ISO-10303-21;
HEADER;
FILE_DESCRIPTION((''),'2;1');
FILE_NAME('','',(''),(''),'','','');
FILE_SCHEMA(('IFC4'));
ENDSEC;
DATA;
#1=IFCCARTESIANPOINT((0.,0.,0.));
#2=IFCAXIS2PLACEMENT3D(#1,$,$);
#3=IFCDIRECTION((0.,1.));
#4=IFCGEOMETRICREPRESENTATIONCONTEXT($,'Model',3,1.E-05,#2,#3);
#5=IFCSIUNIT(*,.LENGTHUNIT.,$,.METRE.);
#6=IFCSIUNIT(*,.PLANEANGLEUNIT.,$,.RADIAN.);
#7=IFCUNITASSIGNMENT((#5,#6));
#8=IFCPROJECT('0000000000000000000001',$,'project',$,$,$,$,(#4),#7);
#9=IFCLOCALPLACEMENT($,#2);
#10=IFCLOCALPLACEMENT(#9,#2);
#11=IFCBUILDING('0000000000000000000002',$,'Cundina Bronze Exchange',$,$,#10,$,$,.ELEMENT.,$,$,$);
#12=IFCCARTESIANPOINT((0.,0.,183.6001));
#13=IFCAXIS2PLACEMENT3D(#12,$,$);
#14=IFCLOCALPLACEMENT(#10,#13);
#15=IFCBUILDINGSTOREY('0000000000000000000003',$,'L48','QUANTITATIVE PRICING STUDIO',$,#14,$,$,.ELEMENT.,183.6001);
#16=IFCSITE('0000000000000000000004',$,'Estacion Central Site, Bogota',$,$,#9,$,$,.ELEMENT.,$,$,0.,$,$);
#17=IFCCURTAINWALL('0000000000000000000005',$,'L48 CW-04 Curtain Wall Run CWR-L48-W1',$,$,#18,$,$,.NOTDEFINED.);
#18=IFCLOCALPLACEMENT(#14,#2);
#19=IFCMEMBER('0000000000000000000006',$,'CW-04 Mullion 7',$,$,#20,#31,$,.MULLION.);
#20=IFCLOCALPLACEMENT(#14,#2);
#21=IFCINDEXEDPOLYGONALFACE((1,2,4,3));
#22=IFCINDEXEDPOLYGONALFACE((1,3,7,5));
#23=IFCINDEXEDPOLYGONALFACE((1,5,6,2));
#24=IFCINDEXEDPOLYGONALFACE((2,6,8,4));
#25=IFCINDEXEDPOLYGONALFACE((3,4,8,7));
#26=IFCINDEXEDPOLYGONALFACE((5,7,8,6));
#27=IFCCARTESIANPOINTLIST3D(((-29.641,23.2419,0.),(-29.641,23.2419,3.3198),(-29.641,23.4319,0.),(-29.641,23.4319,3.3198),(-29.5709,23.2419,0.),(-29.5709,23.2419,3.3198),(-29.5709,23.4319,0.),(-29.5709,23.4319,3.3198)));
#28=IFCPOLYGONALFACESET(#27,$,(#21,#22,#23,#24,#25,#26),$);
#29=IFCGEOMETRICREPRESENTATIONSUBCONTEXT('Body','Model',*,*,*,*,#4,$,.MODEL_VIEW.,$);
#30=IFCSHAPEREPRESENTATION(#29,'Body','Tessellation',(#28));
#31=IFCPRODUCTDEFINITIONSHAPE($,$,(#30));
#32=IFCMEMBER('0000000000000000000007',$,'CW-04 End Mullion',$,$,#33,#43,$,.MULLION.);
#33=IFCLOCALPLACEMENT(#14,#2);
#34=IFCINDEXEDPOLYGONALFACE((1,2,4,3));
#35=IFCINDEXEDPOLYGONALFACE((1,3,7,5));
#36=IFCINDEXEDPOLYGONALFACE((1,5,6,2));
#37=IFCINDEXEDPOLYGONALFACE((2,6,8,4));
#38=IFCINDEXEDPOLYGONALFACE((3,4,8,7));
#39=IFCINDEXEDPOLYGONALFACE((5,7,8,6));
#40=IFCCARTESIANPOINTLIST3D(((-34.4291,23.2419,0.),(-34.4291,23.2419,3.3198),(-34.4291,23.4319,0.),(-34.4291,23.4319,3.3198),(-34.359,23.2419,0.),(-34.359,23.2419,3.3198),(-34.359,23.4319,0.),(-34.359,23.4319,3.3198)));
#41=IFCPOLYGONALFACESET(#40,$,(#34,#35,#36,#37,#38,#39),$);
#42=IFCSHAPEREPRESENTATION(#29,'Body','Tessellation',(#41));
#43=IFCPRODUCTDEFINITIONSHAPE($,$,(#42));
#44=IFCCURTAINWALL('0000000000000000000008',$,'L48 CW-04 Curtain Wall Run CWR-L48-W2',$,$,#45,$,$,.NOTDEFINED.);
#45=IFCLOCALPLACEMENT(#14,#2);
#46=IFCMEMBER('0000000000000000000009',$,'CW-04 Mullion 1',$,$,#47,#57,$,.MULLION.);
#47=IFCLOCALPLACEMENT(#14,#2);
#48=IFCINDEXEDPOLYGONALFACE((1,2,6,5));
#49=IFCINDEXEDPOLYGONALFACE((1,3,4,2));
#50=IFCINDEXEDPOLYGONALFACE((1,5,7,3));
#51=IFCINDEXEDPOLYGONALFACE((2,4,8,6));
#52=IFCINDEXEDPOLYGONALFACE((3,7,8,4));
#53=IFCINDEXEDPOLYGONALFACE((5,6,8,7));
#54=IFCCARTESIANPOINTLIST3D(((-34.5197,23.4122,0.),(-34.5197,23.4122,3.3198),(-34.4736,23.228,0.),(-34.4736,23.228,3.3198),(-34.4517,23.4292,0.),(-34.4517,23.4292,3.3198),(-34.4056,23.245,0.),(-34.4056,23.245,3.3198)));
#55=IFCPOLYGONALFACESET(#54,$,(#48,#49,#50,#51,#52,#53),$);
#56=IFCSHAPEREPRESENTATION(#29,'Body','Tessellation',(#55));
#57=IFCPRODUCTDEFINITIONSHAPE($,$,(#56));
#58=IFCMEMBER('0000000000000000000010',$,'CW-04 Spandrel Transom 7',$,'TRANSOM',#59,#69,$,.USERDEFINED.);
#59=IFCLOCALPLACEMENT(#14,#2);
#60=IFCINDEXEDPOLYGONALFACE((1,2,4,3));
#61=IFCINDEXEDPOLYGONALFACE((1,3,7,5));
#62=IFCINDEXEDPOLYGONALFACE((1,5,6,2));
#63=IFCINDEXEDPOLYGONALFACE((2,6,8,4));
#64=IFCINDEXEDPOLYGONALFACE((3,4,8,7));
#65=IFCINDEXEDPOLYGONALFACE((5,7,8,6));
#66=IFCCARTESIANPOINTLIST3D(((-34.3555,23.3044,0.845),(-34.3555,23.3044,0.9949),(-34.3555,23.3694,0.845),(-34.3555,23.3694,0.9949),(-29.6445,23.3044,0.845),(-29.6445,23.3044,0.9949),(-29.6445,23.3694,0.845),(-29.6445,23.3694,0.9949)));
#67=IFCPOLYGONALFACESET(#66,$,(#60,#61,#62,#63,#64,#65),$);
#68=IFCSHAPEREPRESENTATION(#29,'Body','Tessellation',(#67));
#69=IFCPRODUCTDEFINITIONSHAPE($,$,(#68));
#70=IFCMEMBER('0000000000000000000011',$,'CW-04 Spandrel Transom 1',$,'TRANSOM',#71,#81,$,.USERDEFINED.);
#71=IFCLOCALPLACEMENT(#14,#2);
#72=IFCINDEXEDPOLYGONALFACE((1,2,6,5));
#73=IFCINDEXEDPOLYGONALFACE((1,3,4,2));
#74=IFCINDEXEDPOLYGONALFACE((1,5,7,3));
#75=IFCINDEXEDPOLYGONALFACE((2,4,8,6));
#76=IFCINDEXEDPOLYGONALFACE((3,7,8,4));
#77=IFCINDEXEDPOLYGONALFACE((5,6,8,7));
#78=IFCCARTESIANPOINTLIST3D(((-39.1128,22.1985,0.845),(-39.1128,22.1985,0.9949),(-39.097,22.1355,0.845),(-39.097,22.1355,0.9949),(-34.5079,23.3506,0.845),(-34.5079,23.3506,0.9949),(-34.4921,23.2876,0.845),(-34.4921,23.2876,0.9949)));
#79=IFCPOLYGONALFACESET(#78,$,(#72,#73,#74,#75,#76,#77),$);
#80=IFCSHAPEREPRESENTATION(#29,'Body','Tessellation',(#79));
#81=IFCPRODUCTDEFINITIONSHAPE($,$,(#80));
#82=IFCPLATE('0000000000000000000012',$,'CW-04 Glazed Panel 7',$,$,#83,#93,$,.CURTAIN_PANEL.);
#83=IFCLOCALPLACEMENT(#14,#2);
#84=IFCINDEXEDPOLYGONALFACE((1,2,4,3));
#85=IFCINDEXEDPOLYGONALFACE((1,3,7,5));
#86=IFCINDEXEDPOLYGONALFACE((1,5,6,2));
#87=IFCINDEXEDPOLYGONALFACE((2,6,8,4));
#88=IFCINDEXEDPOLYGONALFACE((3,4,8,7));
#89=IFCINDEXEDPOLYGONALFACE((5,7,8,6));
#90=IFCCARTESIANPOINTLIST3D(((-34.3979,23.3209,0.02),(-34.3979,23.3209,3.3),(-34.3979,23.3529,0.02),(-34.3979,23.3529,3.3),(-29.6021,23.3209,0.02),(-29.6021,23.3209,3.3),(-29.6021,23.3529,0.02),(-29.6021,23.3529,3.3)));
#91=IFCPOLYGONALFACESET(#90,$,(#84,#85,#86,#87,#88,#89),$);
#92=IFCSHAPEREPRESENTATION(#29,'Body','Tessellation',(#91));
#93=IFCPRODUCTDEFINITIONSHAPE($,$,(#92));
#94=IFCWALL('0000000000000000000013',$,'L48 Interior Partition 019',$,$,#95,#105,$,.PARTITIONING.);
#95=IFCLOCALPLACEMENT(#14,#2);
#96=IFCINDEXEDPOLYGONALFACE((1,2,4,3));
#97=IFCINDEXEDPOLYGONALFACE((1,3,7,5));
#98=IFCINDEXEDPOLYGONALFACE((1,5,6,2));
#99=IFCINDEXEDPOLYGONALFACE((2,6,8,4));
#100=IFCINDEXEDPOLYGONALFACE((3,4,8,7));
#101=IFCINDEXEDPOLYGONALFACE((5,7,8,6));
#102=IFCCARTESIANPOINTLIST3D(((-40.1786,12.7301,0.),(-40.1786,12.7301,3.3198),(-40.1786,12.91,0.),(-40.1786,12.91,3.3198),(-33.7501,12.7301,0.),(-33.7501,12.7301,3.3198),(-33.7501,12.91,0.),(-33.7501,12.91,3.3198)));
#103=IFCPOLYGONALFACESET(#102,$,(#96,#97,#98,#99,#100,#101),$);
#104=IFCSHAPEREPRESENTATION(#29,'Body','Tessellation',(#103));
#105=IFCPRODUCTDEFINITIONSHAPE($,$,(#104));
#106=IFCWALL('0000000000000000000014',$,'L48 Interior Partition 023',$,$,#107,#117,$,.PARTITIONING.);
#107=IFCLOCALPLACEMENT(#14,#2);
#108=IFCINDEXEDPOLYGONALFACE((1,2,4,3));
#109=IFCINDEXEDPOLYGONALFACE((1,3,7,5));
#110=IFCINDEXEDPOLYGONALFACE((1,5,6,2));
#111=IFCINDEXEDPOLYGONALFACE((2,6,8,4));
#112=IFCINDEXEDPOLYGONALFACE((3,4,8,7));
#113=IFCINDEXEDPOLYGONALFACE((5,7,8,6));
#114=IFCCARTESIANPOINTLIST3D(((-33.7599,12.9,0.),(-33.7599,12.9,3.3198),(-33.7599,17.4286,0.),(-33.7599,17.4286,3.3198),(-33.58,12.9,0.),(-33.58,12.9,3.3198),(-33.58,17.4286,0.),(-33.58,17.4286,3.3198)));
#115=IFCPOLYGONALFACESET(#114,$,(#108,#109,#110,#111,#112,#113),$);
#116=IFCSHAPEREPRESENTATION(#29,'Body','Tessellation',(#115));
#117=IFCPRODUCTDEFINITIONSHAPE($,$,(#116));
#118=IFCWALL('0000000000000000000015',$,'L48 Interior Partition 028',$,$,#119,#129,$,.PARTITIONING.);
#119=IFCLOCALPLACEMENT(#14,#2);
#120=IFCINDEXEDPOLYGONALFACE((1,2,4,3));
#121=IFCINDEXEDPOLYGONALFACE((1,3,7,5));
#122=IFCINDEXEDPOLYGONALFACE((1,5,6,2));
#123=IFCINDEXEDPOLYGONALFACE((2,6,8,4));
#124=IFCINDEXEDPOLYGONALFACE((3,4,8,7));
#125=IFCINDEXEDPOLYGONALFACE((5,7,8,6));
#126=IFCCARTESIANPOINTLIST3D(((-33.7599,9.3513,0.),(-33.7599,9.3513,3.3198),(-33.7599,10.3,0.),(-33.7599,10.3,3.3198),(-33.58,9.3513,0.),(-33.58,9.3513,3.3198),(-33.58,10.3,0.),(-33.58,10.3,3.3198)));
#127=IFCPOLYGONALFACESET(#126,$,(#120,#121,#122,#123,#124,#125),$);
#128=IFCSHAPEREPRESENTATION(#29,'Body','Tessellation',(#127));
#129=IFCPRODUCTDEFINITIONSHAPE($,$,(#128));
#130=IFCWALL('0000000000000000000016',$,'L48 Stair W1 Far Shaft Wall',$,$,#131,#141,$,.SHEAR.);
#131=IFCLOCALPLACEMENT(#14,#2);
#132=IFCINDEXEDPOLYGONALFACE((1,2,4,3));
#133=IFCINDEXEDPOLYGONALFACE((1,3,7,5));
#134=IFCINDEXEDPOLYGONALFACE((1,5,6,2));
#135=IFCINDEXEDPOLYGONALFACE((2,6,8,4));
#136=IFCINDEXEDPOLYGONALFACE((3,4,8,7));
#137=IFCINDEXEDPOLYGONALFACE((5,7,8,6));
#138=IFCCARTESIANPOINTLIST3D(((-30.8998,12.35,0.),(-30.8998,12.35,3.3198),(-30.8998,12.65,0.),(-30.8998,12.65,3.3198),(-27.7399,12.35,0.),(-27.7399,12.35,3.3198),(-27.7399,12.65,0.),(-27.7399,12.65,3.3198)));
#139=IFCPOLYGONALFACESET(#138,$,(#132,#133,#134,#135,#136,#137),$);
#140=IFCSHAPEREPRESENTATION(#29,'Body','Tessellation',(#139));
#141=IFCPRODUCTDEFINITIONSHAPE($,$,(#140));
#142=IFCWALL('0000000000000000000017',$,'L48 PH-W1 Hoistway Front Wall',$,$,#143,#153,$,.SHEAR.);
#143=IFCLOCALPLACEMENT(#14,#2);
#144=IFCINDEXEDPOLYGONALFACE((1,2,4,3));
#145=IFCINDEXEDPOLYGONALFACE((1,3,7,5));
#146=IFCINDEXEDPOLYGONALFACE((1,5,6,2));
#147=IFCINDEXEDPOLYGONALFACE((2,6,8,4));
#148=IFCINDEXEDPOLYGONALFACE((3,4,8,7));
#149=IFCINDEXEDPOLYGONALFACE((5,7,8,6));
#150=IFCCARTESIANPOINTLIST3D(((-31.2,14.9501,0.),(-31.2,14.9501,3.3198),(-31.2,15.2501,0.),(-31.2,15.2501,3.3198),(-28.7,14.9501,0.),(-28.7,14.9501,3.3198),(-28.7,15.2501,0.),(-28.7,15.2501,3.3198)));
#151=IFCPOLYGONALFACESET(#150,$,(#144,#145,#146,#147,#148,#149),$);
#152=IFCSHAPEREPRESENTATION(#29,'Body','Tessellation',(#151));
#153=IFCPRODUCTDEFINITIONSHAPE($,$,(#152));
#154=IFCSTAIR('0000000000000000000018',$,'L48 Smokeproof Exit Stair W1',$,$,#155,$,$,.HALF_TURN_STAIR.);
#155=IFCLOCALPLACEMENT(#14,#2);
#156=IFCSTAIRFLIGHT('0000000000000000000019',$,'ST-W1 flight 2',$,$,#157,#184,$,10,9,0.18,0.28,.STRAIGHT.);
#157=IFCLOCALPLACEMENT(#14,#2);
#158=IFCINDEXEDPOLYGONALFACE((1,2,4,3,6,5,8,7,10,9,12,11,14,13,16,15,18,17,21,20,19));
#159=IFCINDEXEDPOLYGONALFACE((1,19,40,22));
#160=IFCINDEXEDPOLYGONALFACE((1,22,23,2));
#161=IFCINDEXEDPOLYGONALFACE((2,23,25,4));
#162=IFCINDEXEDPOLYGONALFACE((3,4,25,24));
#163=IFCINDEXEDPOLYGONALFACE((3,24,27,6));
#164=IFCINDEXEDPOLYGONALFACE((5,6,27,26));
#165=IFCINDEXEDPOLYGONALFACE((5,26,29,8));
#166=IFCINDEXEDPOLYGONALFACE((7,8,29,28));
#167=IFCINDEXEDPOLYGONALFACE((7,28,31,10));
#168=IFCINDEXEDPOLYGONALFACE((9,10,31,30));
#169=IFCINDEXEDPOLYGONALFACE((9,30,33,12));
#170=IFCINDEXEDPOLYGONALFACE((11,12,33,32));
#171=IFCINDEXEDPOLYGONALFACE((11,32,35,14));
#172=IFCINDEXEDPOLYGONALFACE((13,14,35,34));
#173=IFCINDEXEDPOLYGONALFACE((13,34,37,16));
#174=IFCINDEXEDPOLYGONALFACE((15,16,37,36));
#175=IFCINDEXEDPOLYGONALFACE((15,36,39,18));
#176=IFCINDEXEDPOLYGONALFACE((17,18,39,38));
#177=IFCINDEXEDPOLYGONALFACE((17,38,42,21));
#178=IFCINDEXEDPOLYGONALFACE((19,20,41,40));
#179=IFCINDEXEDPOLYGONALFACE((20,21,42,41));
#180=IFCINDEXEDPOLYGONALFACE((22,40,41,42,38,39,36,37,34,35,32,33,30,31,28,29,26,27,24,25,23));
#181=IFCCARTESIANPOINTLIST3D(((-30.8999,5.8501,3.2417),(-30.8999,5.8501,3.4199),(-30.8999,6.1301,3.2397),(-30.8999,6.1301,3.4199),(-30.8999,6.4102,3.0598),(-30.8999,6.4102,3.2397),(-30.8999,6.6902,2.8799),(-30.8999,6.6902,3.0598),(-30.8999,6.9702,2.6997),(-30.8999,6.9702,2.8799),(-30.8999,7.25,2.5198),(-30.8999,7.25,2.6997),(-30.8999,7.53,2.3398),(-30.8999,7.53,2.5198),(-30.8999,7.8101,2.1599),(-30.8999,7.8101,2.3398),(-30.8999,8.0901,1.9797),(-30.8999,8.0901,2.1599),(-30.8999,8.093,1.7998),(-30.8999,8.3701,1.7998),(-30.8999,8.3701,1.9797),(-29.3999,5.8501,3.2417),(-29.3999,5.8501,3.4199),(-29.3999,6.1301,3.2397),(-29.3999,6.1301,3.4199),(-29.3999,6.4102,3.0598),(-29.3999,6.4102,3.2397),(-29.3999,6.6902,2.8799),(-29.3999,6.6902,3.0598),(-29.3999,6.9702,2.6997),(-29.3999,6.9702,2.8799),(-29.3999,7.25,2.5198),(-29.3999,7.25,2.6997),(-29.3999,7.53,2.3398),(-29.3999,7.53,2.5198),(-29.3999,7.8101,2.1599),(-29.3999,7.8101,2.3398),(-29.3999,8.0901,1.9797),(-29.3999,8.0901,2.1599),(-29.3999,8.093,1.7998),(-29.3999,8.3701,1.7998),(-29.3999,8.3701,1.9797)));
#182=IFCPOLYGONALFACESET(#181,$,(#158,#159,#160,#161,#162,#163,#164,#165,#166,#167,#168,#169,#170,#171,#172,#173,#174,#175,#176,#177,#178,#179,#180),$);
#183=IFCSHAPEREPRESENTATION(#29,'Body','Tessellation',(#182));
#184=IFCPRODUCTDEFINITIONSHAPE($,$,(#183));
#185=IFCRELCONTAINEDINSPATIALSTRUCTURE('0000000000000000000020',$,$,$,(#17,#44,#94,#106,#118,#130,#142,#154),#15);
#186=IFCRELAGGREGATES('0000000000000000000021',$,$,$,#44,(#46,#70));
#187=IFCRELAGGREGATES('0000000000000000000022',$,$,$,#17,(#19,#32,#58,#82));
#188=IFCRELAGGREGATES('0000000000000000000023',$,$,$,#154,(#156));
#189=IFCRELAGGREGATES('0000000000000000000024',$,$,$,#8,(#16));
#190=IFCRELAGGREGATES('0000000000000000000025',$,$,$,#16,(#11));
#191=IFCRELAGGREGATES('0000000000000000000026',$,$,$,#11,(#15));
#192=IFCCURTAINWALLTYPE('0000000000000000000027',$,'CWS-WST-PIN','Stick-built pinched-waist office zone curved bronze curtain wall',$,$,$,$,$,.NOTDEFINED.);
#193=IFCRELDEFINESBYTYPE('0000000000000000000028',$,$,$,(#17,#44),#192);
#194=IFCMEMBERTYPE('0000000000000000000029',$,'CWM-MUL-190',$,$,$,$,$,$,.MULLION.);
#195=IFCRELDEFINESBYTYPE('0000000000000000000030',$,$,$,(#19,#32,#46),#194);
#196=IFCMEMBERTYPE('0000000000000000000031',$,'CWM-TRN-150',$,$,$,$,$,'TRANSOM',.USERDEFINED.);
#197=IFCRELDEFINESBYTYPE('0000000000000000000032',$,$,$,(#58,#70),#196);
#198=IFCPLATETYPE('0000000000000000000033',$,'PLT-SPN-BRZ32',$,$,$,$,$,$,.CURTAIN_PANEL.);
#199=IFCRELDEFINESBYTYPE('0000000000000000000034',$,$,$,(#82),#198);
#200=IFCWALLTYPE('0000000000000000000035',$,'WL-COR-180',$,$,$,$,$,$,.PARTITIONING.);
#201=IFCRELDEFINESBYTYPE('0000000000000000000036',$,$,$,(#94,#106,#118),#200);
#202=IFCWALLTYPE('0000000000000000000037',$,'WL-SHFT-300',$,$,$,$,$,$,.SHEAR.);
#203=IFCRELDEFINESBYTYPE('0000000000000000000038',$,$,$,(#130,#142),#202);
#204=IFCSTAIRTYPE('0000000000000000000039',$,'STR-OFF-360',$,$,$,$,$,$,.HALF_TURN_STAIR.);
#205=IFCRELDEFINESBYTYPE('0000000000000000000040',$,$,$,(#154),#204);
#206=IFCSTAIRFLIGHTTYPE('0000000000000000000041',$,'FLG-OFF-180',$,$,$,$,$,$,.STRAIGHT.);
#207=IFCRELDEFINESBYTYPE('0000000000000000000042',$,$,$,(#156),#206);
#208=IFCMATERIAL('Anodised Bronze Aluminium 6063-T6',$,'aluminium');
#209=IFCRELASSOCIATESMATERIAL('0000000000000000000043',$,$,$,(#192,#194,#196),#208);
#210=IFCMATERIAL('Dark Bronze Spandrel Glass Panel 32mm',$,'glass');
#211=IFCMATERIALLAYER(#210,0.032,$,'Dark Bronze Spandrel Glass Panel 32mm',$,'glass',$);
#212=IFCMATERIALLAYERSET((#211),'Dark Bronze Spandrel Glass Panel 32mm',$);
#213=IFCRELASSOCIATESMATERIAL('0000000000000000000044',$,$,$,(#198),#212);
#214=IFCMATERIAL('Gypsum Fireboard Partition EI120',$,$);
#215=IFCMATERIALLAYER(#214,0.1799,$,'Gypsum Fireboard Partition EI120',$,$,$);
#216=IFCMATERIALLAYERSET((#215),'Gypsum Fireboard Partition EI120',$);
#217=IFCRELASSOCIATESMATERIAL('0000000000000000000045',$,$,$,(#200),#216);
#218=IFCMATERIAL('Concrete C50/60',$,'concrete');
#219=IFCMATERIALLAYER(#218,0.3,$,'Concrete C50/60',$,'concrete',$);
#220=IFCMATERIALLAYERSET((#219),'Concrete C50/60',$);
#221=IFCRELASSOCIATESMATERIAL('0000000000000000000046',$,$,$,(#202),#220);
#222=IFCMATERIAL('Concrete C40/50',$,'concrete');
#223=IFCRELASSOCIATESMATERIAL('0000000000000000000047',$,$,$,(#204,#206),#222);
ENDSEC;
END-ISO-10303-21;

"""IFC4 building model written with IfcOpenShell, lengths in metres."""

from ifc_helpers import new_model, si_unit, direction, frame, frame_2d, origin, origin_2d, place, context, subcontext, project, spatial, polyline, rectangle, outline, extrude, material, layer, layer_set, material_profile, profile_set, type_object, element, aggregate, save


model = new_model("IFC4")

# Units and contexts
model_context = context("Model", 3, precision=1e-05, world=origin(), true_north=direction((0.0, 1.0)))
body_context = subcontext(model_context, "Body", "Model", "MODEL_VIEW")
ifc_project = project(units=[si_unit("LENGTHUNIT", "METRE"), si_unit("PLANEANGLEUNIT", "RADIAN")], contexts=[model_context])

# Site, building, storey
site_placement = place(None, origin())
site = spatial("IfcSite", under=ifc_project, at=site_placement, Name="Estacion Central Site, Bogota", CompositionType="ELEMENT", RefElevation=0.0)
building_placement = place(site_placement, origin())
building = spatial("IfcBuilding", under=site, at=building_placement, Name="Cundina Bronze Exchange", CompositionType="ELEMENT")
storey_placement = place(building_placement, frame((0.0, 0.0, 183.6001)))
storey = spatial("IfcBuildingStorey", under=building, at=storey_placement, Name="L48", Description="QUANTITATIVE PRICING STUDIO", CompositionType="ELEMENT", Elevation=183.6001)

# Shared definitions
ifc_material_1 = material(Name="Concrete C50/60", Category="concrete")

# Curtain wall, members
ifc_material_2 = material(Name="Anodised Bronze Aluminium 6063-T6", Category="aluminium")
curtain_wall_type = type_object("IfcCurtainWallType", Name="CWS-WST-PIN", Description="Stick-built pinched-waist office zone curved bronze curtain wall", PredefinedType="NOTDEFINED", material=ifc_material_2)
curtain_wall_1_placement = place(storey_placement, origin())
curtain_wall_1 = element("IfcCurtainWall", 1, at=curtain_wall_1_placement, inside=storey, type_object=curtain_wall_type, Name="L48 CW-04 Curtain Wall Run CWR-L48-W1", PredefinedType="NOTDEFINED")
ifc_material_profile_1 = material_profile(ifc_material_2, rectangle(XDim=0.0701, YDim=0.1899, at=origin_2d()), Name="AL70X190", Category="aluminium")
ifc_profile_set_1 = profile_set([ifc_material_profile_1], Name="Anodised Bronze Aluminium 6063-T6")
member_type_1 = type_object("IfcMemberType", Name="CWM-MUL-190", PredefinedType="MULLION", material=ifc_profile_set_1)
member_1_placement = place(storey_placement, frame((-29.606, 23.3369, 0.0), z_axis=(0.0, 0.0, 1.0), x_axis=(-1.0, 0.0, 0.0)))
member_1 = element("IfcMember", 2, at=member_1_placement, type_object=member_type_1, Name="CW-04 Mullion 7", PredefinedType="MULLION", context=body_context, shape_type="SweptSolid", body=[
    extrude(rectangle(XDim=0.0701, YDim=0.1899, at=origin_2d()), origin(), (0.0, 0.0, 1.0), 3.3198),
])
member_2_placement = place(storey_placement, frame((-34.394, 23.3369, 0.0), z_axis=(0.0, 0.0, 1.0), x_axis=(-1.0, 0.0, 0.0)))
member_2 = element("IfcMember", 3, at=member_2_placement, type_object=member_type_1, Name="CW-04 End Mullion", PredefinedType="MULLION", context=body_context, shape_type="SweptSolid", body=[
    extrude(rectangle(XDim=0.0701, YDim=0.1899, at=origin_2d()), origin(), (0.0, 0.0, 1.0), 3.3198),
])

# Curtain wall, member
curtain_wall_2_placement = place(storey_placement, origin())
curtain_wall_2 = element("IfcCurtainWall", 4, at=curtain_wall_2_placement, inside=storey, type_object=curtain_wall_type, Name="L48 CW-04 Curtain Wall Run CWR-L48-W2", PredefinedType="NOTDEFINED")
member_3_placement = place(storey_placement, frame((-34.4626, 23.3286, 0.0), z_axis=(0.0, 0.0, 1.0), x_axis=(-0.970084, -0.242769, 0.0)))
member_3 = element("IfcMember", 5, at=member_3_placement, type_object=member_type_1, Name="CW-04 Mullion 1", PredefinedType="MULLION", context=body_context, shape_type="SweptSolid", body=[
    extrude(rectangle(XDim=0.0701, YDim=0.1899, at=origin_2d()), origin(), (0.0, 0.0, 1.0), 3.3198),
])

# Members
ifc_material_profile_2 = material_profile(ifc_material_2, rectangle(XDim=0.0649, YDim=0.1499, at=origin_2d()), Name="AL65X150", Category="aluminium")
ifc_profile_set_2 = profile_set([ifc_material_profile_2], Name="Anodised Bronze Aluminium 6063-T6")
member_type_2 = type_object("IfcMemberType", Name="CWM-TRN-150", ElementType="TRANSOM", PredefinedType="USERDEFINED", material=ifc_profile_set_2)
member_4_placement = place(storey_placement, frame((-29.6445, 23.3369, 0.9199), z_axis=(-1.0, 0.0, 0.0), x_axis=(0.0, -1.0, 0.0)))
member_4 = element("IfcMember", 6, at=member_4_placement, type_object=member_type_2, Name="CW-04 Spandrel Transom 7", ObjectType="TRANSOM", PredefinedType="USERDEFINED", context=body_context, shape_type="SweptSolid", body=[
    extrude(rectangle(XDim=0.0649, YDim=0.1499, at=origin_2d()), origin(), (0.0, 0.0, 1.0), 4.7109),
])
member_5_placement = place(storey_placement, frame((-34.5, 23.3191, 0.9199), z_axis=(-0.9701, -0.242705, 0.0), x_axis=(0.242705, -0.9701, 0.0)))
member_5 = element("IfcMember", 7, at=member_5_placement, type_object=member_type_2, Name="CW-04 Spandrel Transom 1", ObjectType="TRANSOM", PredefinedType="USERDEFINED", context=body_context, shape_type="SweptSolid", body=[
    extrude(rectangle(XDim=0.0649, YDim=0.1499, at=origin_2d()), origin(), (0.0, 0.0, 1.0), 4.7468),
])
aggregate(curtain_wall_2, [member_3, member_5])

# Plate
ifc_material_3 = material(Name="Dark Bronze Spandrel Glass Panel 32mm", Category="glass")
ifc_layer_1 = layer(ifc_material_3, 0.032, Name="Dark Bronze Spandrel Glass Panel 32mm", Category="glass")
ifc_layer_set_1 = layer_set([ifc_layer_1], Name="Dark Bronze Spandrel Glass Panel 32mm")
plate_type = type_object("IfcPlateType", Name="PLT-SPN-BRZ32", PredefinedType="CURTAIN_PANEL", material=ifc_layer_set_1)
plate_placement = place(storey_placement, frame((-32.0, 23.3369, 0.02), z_axis=(0.0, 0.0, 1.0), x_axis=(-1.0, 0.0, 0.0)))
plate = element("IfcPlate", 8, at=plate_placement, type_object=plate_type, Name="CW-04 Glazed Panel 7", PredefinedType="CURTAIN_PANEL", context=body_context, shape_type="SweptSolid", body=[
    extrude(rectangle(XDim=4.7959, YDim=0.032, at=origin_2d()), origin(), (0.0, 0.0, 1.0), 3.28),
])
aggregate(curtain_wall_1, [member_1, member_2, member_4, plate])

# Shared definitions
ifc_material_4 = material(Name="Gypsum Fireboard Partition EI120")
ifc_layer_2 = layer(ifc_material_4, 0.1799, Name="Gypsum Fireboard Partition EI120")
ifc_layer_set_2 = layer_set([ifc_layer_2], Name="Gypsum Fireboard Partition EI120")
wall_type_1 = type_object("IfcWallType", Name="WL-COR-180", PredefinedType="PARTITIONING", material=ifc_layer_set_2)

# Walls
wall_1_placement = place(storey_placement, frame((-33.75, 12.8201, 0.0), z_axis=(0.0, 0.0, 1.0), x_axis=(-1.0, 0.0, 0.0)))
element("IfcWall", 9, at=wall_1_placement, inside=storey, type_object=wall_type_1, Name="L48 Interior Partition 019", PredefinedType="PARTITIONING", context=body_context, shape_type="SweptSolid", body=[
    extrude(rectangle(XDim=6.4285, YDim=0.1799, at=frame_2d((3.2144, 0.0))), origin(), (0.0, 0.0, 1.0), 3.3198),
])
wall_2_placement = place(storey_placement, frame((-33.6699, 17.4285, 0.0), z_axis=(0.0, 0.0, 1.0), x_axis=(0.0, -1.0, 0.0)))
element("IfcWall", 10, at=wall_2_placement, inside=storey, type_object=wall_type_1, Name="L48 Interior Partition 023", PredefinedType="PARTITIONING", context=body_context, shape_type="SweptSolid", body=[
    extrude(rectangle(XDim=4.5286, YDim=0.1799, at=frame_2d((2.2642, 0.0))), origin(), (0.0, 0.0, 1.0), 3.3198),
])
wall_3_placement = place(storey_placement, frame((-33.6699, 10.3, 0.0), z_axis=(0.0, 0.0, 1.0), x_axis=(0.0, -1.0, 0.0)))
element("IfcWall", 11, at=wall_3_placement, inside=storey, type_object=wall_type_1, Name="L48 Interior Partition 028", PredefinedType="PARTITIONING", context=body_context, shape_type="SweptSolid", body=[
    extrude(rectangle(XDim=0.9487, YDim=0.1799, at=frame_2d((0.4744, 0.0))), origin(), (0.0, 0.0, 1.0), 3.3198),
])

# Shared definitions
ifc_layer_3 = layer(ifc_material_1, 0.3, Name="Concrete C50/60", Category="concrete")
ifc_layer_set_3 = layer_set([ifc_layer_3], Name="Concrete C50/60")
wall_type_2 = type_object("IfcWallType", Name="WL-SHFT-300", PredefinedType="SHEAR", material=ifc_layer_set_3)

# Walls
wall_4_placement = place(storey_placement, frame((-30.8999, 12.5, 0.0), z_axis=(0.0, 0.0, 1.0), x_axis=(1.0, 0.0, 0.0)))
element("IfcWall", 12, at=wall_4_placement, inside=storey, type_object=wall_type_2, Name="L48 Stair W1 Far Shaft Wall", PredefinedType="SHEAR", context=body_context, shape_type="SweptSolid", body=[
    extrude(rectangle(XDim=3.1599, YDim=0.3, at=frame_2d((1.5801, 0.0))), origin(), (0.0, 0.0, 1.0), 3.3198),
])
wall_5_placement = place(storey_placement, frame((-31.2, 15.1001, 0.0), z_axis=(0.0, 0.0, 1.0), x_axis=(1.0, 0.0, 0.0)))
element("IfcWall", 13, at=wall_5_placement, inside=storey, type_object=wall_type_2, Name="L48 PH-W1 Hoistway Front Wall", PredefinedType="SHEAR", context=body_context, shape_type="SweptSolid", body=[
    extrude(rectangle(XDim=2.5, YDim=0.3, at=frame_2d((1.25, 0.0))), origin(), (0.0, 0.0, 1.0), 3.3198),
])

# Stair, stair flight
ifc_material_5 = material(Name="Concrete C40/50", Category="concrete")
stair_type = type_object("IfcStairType", Name="STR-OFF-360", PredefinedType="HALF_TURN_STAIR", material=ifc_material_5)
stair_placement = place(storey_placement, origin())
stair = element("IfcStair", 14, at=stair_placement, inside=storey, type_object=stair_type, Name="L48 Smokeproof Exit Stair W1", PredefinedType="HALF_TURN_STAIR")
stair_flight_type = type_object("IfcStairFlightType", Name="FLG-OFF-180", PredefinedType="STRAIGHT", material=ifc_material_5)
stair_flight_placement = place(storey_placement, frame((-30.1499, 8.3701, 1.7998), z_axis=(0.0, 0.0, 1.0), x_axis=(0.0, -1.0, 0.0)))
stair_flight = element("IfcStairFlight", 15, at=stair_flight_placement, type_object=stair_flight_type, Name="ST-W1 flight 2", NumberOfRisers=10, NumberOfTreads=9, PredefinedType="STRAIGHT", RiserHeight=0.18, TreadLength=0.28, context=body_context, shape_type="SweptSolid", body=[
    extrude(outline(polyline([(0.0, 0.0), (0.0, 0.1799), (0.28, 0.1799), (0.28, 0.3601), (0.5601, 0.3601), (0.5601, 0.54), (0.8401, 0.54), (0.8401, 0.72), (1.1201, 0.72), (1.1201, 0.8999), (1.3999, 0.8999), (1.3999, 1.0801), (1.6799, 1.0801), (1.6799, 1.26), (1.96, 1.26), (1.96, 1.4399), (2.24, 1.4399), (2.24, 1.6201), (2.52, 1.6201), (2.52, 1.8), (2.52, 1.4419), (0.2771, 0.0), (0.0, 0.0)])), frame((0.0, 0.75, 0.0), z_axis=(0.0, -1.0, 0.0), x_axis=(1.0, 0.0, 0.0)), (0.0, 0.0, 1.0), 1.5),
])
aggregate(stair, [stair_flight])

save(model, "model.ifc")
